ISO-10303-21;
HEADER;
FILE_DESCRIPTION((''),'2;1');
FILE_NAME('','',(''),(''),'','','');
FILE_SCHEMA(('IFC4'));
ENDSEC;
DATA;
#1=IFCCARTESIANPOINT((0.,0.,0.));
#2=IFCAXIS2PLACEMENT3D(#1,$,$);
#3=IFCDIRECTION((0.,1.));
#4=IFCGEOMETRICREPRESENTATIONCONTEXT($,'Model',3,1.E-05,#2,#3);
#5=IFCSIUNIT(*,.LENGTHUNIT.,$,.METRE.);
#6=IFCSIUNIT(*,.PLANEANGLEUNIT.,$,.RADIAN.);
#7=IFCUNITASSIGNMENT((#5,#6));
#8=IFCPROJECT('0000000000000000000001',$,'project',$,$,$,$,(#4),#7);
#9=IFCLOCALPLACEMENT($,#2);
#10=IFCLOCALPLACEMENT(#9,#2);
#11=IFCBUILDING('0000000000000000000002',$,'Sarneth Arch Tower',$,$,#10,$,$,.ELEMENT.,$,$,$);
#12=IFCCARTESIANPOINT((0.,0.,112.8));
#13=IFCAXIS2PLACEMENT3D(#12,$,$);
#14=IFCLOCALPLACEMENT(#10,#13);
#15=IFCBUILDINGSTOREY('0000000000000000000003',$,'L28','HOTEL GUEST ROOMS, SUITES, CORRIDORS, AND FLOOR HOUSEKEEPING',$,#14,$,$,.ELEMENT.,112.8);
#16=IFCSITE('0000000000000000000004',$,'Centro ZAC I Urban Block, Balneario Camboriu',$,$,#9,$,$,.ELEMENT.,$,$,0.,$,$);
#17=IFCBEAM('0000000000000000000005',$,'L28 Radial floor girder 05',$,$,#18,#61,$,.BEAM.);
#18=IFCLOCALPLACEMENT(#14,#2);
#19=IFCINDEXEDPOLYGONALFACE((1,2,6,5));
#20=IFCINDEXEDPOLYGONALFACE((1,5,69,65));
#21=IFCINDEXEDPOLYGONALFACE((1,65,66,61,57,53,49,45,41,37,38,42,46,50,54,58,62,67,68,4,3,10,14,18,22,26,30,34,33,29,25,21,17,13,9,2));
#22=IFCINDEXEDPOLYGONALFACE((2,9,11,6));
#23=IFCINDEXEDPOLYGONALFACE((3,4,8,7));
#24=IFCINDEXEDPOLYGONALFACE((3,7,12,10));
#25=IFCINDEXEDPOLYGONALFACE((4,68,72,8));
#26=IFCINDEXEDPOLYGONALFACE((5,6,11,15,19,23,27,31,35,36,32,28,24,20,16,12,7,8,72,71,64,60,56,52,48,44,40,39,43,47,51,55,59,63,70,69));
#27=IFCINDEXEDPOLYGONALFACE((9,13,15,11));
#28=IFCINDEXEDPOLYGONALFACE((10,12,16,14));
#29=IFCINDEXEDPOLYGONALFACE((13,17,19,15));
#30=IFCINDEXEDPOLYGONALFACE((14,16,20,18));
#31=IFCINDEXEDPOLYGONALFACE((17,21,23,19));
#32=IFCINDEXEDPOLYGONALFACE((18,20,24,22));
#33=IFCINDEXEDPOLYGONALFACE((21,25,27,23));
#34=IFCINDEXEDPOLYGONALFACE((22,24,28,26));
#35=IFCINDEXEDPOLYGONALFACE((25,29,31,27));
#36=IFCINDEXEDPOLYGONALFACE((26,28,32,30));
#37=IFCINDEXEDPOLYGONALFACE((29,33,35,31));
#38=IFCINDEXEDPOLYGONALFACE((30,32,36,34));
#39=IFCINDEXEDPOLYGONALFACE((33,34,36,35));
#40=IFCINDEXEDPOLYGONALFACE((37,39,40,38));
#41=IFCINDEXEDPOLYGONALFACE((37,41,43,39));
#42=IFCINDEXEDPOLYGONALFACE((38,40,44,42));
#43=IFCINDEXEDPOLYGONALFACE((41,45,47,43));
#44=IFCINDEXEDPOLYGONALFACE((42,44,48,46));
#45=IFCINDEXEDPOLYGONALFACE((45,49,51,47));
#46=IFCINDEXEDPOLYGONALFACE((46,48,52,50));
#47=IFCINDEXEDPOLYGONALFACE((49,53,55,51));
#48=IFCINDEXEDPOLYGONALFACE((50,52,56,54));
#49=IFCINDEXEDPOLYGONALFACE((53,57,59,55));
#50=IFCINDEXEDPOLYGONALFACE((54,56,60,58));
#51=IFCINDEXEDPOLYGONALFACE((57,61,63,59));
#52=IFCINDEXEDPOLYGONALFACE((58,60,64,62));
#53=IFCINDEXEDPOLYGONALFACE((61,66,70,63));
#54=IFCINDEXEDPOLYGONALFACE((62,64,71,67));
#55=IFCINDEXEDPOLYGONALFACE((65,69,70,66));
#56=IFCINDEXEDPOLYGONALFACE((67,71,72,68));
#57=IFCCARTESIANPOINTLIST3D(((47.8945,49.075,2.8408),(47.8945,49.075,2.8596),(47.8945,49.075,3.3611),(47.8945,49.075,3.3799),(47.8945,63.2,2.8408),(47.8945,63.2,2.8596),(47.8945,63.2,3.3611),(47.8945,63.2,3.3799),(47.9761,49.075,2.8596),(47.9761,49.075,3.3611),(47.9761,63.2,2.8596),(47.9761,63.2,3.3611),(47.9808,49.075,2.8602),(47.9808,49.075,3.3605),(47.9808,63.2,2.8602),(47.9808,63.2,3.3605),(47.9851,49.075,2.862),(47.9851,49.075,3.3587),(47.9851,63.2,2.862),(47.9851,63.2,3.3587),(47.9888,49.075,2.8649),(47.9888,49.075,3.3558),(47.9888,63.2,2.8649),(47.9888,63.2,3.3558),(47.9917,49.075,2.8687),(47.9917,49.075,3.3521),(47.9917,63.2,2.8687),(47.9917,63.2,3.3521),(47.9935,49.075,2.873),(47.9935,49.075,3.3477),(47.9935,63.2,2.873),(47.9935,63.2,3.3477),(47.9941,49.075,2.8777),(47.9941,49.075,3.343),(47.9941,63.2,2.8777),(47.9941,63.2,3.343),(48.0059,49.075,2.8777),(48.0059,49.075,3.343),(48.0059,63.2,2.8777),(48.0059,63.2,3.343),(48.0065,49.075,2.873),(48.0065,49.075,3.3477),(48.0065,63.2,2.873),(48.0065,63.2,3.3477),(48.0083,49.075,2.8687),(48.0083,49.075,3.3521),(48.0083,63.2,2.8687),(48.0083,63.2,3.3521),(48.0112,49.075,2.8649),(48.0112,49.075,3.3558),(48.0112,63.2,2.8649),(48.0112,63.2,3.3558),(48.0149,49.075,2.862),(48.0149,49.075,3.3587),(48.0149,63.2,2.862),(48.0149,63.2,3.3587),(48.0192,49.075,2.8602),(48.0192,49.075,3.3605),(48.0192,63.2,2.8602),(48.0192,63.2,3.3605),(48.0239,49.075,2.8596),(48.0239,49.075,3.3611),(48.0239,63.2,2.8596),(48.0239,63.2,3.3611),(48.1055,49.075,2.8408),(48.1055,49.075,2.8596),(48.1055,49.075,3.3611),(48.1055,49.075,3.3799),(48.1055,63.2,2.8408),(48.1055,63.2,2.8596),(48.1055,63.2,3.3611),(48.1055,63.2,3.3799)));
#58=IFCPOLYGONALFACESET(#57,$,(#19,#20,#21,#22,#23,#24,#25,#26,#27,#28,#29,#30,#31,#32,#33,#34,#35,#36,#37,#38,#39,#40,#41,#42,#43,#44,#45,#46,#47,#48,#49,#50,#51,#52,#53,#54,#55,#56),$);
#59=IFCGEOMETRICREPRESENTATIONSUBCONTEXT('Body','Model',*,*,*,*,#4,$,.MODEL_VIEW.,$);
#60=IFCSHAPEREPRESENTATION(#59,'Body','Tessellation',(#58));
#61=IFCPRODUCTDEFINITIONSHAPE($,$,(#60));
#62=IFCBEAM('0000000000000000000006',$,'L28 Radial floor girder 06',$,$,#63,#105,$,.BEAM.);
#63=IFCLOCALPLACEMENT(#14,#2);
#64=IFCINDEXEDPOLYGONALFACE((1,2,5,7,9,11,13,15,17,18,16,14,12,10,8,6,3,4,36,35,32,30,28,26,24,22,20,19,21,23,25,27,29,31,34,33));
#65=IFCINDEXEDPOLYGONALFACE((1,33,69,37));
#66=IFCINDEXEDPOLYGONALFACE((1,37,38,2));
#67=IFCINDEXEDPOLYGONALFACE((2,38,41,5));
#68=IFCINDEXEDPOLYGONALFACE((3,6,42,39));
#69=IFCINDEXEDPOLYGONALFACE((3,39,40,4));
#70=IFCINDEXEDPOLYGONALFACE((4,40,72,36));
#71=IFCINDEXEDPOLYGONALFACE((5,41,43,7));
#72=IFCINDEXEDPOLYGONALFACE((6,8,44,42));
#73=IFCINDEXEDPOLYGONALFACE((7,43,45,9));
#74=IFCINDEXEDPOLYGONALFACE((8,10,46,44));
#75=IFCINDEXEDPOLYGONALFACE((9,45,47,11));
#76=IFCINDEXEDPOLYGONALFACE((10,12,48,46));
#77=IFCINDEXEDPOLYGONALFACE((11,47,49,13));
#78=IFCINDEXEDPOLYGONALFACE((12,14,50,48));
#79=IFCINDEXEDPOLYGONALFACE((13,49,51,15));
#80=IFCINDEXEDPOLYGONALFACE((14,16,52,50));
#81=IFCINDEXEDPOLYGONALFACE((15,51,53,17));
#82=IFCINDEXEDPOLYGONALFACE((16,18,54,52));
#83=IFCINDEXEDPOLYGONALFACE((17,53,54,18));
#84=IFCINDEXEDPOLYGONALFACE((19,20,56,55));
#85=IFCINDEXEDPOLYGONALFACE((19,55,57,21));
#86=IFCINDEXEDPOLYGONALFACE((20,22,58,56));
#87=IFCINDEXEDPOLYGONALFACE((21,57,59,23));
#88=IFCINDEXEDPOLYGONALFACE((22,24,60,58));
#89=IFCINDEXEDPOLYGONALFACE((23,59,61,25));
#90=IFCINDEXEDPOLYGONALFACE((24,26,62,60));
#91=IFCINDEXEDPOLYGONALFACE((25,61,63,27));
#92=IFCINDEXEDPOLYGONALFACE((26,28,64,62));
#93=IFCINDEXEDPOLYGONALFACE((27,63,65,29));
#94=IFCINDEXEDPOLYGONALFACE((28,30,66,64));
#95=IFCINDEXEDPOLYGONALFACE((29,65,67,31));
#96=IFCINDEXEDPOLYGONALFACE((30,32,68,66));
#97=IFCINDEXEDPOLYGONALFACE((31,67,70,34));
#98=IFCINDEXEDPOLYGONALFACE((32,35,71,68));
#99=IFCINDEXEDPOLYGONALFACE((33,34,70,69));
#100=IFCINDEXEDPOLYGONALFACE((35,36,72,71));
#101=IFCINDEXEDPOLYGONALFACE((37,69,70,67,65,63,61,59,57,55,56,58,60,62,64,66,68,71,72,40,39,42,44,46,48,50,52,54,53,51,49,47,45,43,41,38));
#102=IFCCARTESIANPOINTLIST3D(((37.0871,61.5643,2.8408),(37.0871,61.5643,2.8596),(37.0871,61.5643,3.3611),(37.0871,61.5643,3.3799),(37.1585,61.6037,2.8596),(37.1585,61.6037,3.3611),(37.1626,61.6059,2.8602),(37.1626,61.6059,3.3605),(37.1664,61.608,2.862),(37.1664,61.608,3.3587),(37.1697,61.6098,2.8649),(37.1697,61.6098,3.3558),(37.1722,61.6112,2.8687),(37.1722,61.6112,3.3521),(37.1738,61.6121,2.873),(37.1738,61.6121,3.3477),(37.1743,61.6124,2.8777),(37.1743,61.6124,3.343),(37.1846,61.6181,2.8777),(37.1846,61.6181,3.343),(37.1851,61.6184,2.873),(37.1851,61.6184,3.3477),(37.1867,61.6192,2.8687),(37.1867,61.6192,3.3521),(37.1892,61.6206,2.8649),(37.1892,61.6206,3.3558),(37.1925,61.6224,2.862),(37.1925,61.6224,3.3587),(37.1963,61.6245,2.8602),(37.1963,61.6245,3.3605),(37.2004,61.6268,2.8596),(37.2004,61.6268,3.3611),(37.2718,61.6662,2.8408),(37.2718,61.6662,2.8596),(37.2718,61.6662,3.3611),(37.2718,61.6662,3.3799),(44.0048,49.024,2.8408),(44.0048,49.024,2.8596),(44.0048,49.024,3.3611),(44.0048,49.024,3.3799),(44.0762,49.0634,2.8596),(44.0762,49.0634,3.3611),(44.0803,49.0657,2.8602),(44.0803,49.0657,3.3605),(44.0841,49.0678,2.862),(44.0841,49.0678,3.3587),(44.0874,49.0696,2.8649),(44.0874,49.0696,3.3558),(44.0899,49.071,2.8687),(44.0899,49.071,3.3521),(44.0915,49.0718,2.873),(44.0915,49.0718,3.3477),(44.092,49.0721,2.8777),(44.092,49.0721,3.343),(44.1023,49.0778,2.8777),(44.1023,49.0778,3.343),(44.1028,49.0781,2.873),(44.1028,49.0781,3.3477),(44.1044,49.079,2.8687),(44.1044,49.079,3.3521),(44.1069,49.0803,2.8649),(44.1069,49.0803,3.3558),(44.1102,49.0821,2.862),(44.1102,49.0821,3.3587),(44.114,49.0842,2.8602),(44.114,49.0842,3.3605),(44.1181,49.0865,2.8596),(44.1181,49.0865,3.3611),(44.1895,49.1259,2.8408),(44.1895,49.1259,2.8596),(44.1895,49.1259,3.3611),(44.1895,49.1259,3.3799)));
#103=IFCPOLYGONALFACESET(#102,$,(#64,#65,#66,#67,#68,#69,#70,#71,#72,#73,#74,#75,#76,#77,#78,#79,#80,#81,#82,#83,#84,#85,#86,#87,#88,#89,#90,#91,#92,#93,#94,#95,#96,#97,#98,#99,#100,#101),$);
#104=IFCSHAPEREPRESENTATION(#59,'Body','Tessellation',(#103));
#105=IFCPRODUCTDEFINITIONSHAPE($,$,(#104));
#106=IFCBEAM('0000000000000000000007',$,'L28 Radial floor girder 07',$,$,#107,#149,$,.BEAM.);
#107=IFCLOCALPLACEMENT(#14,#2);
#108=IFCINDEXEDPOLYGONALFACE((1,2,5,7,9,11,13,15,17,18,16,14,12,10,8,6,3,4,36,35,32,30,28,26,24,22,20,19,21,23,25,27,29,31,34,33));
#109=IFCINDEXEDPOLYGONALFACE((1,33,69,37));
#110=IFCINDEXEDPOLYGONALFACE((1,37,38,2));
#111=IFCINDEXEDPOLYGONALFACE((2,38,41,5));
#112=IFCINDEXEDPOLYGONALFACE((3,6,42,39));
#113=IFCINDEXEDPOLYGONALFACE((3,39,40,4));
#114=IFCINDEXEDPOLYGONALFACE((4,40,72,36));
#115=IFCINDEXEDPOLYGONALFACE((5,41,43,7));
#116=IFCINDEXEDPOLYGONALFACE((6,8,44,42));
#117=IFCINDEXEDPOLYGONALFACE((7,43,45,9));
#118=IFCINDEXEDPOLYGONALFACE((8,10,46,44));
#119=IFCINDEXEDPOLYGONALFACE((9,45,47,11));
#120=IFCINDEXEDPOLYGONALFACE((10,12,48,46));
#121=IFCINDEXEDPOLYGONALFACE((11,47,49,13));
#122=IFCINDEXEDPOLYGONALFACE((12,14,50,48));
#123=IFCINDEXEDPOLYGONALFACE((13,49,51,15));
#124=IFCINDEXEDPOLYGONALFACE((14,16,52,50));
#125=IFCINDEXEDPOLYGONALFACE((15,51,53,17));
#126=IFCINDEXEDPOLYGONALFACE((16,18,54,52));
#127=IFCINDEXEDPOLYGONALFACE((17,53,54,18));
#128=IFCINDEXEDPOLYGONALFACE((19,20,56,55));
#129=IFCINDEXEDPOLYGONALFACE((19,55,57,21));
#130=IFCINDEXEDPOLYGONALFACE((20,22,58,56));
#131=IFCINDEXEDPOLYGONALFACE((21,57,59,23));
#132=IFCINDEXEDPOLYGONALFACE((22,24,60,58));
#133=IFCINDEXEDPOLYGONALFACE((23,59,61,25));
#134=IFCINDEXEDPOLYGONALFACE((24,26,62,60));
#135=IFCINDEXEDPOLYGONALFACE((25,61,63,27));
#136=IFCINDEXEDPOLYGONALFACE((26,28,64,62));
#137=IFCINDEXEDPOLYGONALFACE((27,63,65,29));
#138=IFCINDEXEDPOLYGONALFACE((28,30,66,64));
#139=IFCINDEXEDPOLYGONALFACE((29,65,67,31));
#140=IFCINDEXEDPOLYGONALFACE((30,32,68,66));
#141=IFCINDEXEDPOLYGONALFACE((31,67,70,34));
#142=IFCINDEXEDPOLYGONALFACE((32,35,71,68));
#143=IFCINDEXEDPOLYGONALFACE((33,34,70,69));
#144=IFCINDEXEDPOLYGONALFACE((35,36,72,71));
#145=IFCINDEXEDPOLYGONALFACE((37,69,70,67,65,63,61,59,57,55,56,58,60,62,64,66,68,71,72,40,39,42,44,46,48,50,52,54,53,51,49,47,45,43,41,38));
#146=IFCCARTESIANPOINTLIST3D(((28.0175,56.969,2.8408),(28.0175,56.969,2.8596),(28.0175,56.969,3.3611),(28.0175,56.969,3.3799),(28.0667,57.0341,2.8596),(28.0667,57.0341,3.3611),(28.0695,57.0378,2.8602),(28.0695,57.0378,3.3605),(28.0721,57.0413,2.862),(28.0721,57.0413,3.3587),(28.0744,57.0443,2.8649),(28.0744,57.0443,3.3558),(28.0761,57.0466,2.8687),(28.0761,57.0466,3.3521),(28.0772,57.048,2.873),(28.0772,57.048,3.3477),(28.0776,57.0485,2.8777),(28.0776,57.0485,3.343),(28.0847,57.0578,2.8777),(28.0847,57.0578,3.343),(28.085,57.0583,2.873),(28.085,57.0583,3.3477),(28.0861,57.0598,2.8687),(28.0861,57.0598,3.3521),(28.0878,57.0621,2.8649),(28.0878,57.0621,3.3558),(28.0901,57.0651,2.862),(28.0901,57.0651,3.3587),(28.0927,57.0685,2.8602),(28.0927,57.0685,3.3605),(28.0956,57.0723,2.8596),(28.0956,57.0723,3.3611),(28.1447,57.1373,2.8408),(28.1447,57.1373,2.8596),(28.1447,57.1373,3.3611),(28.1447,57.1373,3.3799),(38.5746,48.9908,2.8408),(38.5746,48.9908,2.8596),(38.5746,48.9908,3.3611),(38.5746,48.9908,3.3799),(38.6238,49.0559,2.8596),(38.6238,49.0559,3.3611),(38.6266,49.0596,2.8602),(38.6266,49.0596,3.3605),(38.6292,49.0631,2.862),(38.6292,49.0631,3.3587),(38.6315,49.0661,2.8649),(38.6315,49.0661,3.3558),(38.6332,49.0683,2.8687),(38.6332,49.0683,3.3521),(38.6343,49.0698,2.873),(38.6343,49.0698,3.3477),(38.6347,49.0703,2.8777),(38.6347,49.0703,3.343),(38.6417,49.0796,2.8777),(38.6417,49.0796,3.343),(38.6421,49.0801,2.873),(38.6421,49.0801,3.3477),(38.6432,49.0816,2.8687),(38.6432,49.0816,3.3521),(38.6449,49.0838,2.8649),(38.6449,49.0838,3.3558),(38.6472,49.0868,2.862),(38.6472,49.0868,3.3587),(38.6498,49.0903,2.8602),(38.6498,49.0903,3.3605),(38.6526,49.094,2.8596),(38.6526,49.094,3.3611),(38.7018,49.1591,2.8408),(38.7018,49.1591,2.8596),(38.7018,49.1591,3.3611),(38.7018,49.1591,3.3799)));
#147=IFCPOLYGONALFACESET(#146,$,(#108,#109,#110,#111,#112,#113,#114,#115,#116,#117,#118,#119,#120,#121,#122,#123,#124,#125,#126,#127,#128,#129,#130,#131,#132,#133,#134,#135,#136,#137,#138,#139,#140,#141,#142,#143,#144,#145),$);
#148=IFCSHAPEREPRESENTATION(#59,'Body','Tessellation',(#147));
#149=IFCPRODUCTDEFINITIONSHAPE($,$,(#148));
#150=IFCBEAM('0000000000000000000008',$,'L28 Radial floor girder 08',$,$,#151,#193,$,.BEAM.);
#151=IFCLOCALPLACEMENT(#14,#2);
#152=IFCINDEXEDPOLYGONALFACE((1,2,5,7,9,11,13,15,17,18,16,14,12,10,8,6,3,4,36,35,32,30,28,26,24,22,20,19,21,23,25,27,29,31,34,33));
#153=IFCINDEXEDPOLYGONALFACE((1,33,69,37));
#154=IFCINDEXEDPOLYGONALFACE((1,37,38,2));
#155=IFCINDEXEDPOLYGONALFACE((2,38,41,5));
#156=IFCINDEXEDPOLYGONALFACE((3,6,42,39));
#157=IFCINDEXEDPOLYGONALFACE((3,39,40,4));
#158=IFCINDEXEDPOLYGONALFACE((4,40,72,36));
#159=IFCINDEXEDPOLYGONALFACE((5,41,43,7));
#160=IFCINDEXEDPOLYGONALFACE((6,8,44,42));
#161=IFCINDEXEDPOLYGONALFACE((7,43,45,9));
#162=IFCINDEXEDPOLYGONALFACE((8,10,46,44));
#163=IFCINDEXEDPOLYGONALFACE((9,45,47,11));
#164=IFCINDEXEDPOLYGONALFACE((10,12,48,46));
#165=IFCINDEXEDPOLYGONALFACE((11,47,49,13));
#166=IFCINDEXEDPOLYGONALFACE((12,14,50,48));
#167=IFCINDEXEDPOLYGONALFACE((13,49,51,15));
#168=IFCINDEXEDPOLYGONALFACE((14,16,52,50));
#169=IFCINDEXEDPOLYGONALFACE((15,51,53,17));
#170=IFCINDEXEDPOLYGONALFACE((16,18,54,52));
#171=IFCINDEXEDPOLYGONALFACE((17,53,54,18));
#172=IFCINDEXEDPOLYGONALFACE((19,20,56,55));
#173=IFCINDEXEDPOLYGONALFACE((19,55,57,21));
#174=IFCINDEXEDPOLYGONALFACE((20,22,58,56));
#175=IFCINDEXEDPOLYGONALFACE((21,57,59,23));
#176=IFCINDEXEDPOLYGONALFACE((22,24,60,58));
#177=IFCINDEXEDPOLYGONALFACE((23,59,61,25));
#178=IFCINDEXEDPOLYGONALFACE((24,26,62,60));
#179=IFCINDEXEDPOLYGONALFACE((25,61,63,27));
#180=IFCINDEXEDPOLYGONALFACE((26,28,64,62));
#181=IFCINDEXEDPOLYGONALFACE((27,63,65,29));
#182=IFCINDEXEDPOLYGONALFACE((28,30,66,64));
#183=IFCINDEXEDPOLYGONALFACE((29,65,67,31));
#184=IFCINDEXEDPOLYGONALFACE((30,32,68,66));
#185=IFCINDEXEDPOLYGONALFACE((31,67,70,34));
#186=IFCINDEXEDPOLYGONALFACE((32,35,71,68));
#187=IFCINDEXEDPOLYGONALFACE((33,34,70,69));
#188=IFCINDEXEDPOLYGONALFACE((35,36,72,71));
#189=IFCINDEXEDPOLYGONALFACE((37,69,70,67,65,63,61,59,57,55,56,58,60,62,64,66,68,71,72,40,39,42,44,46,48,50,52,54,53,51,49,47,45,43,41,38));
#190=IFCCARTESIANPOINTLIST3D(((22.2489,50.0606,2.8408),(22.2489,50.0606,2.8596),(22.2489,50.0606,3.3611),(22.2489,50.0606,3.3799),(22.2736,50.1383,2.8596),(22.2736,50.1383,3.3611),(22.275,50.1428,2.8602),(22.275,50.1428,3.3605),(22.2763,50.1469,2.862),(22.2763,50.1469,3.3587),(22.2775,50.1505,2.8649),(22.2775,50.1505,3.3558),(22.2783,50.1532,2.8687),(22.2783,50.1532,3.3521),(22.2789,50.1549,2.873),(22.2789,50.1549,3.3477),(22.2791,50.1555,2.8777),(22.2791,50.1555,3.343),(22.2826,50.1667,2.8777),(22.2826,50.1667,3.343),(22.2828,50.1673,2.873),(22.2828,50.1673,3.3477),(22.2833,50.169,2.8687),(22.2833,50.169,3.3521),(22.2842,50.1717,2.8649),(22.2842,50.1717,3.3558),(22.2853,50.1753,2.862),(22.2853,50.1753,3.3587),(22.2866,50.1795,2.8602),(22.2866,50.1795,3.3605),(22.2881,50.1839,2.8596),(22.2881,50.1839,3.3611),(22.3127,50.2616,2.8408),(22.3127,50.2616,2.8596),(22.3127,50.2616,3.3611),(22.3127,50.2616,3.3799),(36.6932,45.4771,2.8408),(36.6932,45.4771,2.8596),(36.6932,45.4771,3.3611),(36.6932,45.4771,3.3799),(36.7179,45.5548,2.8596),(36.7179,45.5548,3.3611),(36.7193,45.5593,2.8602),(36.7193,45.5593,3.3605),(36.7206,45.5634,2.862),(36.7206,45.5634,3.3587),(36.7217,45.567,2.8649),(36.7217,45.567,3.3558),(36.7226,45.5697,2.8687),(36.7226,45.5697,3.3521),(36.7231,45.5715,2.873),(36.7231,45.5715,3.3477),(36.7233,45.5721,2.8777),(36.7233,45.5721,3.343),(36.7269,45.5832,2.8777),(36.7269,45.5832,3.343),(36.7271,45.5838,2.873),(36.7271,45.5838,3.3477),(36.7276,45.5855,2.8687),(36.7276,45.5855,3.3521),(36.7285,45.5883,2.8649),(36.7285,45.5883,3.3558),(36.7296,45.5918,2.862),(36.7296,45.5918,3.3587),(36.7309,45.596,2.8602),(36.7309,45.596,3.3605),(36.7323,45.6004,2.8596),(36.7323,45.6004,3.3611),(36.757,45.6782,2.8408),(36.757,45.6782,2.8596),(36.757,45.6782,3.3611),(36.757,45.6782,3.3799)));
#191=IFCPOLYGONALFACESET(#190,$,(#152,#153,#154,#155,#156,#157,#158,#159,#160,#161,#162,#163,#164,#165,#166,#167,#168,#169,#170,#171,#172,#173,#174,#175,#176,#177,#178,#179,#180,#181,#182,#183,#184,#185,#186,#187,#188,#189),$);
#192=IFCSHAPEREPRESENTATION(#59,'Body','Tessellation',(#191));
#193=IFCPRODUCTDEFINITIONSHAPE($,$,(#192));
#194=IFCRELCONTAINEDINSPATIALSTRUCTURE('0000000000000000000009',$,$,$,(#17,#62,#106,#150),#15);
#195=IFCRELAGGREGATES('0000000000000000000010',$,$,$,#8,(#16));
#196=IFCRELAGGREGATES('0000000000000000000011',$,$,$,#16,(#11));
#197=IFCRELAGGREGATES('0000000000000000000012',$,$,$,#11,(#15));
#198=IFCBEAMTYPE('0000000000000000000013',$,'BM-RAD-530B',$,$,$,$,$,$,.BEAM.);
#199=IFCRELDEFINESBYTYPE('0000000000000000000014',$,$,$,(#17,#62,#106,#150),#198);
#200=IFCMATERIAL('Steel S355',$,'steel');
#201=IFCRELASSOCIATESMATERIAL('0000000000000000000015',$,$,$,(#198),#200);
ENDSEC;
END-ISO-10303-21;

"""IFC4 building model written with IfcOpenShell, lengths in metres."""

from ifc_helpers import new_model, si_unit, direction, frame, origin, origin_2d, place, context, subcontext, project, spatial, i_section, extrude, material, material_profile, profile_set, type_object, element, save


model = new_model("IFC4")

# Units and contexts
model_context = context("Model", 3, precision=1e-05, world=origin(), true_north=direction((0.0, 1.0)))
body_context = subcontext(model_context, "Body", "Model", "MODEL_VIEW")
ifc_project = project(units=[si_unit("LENGTHUNIT", "METRE"), si_unit("PLANEANGLEUNIT", "RADIAN")], contexts=[model_context])

# Site, building, storey
site_placement = place(None, origin())
site = spatial("IfcSite", under=ifc_project, at=site_placement, Name="Centro ZAC I Urban Block, Balneario Camboriu", CompositionType="ELEMENT", RefElevation=0.0)
building_placement = place(site_placement, origin())
building = spatial("IfcBuilding", under=site, at=building_placement, Name="Sarneth Arch Tower", CompositionType="ELEMENT")
storey_placement = place(building_placement, frame((0.0, 0.0, 112.8)))
storey = spatial("IfcBuildingStorey", under=building, at=storey_placement, Name="L28", Description="HOTEL GUEST ROOMS, SUITES, CORRIDORS, AND FLOOR HOUSEKEEPING", CompositionType="ELEMENT", Elevation=112.8)

# Beams
ifc_material_1 = material(Name="Steel S355", Category="steel")
ifc_material_profile = material_profile(ifc_material_1, i_section(OverallWidth=0.2109, OverallDepth=0.5391, WebThickness=0.0117, FlangeThickness=0.0188, FilletRadius=0.0181, at=origin_2d()), Name="W530x109")
ifc_profile_set = profile_set([ifc_material_profile], Name="Steel S355")
beam_type = type_object("IfcBeamType", Name="BM-RAD-530B", PredefinedType="BEAM", material=ifc_profile_set)
beam_1_placement = place(storey_placement, frame((48.0, 49.075, 3.1104), z_axis=(0.0, 1.0, 0.0), x_axis=(-1.0, 0.0, 0.0)))
element("IfcBeam", 1, at=beam_1_placement, inside=storey, type_object=beam_type, Name="L28 Radial floor girder 05", PredefinedType="BEAM", context=body_context, shape_type="SweptSolid", body=[
    extrude(i_section(OverallWidth=0.2109, OverallDepth=0.5391, WebThickness=0.0117, FlangeThickness=0.0188, FilletRadius=0.0181, at=origin_2d()), origin(), (0.0, 0.0, 1.0), 14.125),
])
beam_2_placement = place(storey_placement, frame((44.0972, 49.075, 3.1104), z_axis=(-0.483021, 0.875609, 0.0), x_axis=(-0.875609, -0.483021, 0.0)))
element("IfcBeam", 2, at=beam_2_placement, inside=storey, type_object=beam_type, Name="L28 Radial floor girder 06", PredefinedType="BEAM", context=body_context, shape_type="SweptSolid", body=[
    extrude(i_section(OverallWidth=0.2109, OverallDepth=0.5391, WebThickness=0.0117, FlangeThickness=0.0188, FilletRadius=0.0181, at=origin_2d()), origin(), (0.0, 0.0, 1.0), 14.3218),
])
beam_3_placement = place(storey_placement, frame((38.6382, 49.075, 3.1104), z_axis=(-0.797803, 0.602918, 0.0), x_axis=(-0.602918, -0.797803, 0.0)))
element("IfcBeam", 3, at=beam_3_placement, inside=storey, type_object=beam_type, Name="L28 Radial floor girder 07", PredefinedType="BEAM", context=body_context, shape_type="SweptSolid", body=[
    extrude(i_section(OverallWidth=0.2109, OverallDepth=0.5391, WebThickness=0.0117, FlangeThickness=0.0188, FilletRadius=0.0181, at=origin_2d()), origin(), (0.0, 0.0, 1.0), 13.2327),
])
beam_4_placement = place(storey_placement, frame((36.7251, 45.5776, 3.1104), z_axis=(-0.953162, 0.302459, 0.0), x_axis=(-0.302459, -0.953162, 0.0)))
element("IfcBeam", 4, at=beam_4_placement, inside=storey, type_object=beam_type, Name="L28 Radial floor girder 08", PredefinedType="BEAM", context=body_context, shape_type="SweptSolid", body=[
    extrude(i_section(OverallWidth=0.2109, OverallDepth=0.5391, WebThickness=0.0117, FlangeThickness=0.0188, FilletRadius=0.0181, at=origin_2d()), origin(), (0.0, 0.0, 1.0), 15.1541),
])

save(model, "model.ifc")
